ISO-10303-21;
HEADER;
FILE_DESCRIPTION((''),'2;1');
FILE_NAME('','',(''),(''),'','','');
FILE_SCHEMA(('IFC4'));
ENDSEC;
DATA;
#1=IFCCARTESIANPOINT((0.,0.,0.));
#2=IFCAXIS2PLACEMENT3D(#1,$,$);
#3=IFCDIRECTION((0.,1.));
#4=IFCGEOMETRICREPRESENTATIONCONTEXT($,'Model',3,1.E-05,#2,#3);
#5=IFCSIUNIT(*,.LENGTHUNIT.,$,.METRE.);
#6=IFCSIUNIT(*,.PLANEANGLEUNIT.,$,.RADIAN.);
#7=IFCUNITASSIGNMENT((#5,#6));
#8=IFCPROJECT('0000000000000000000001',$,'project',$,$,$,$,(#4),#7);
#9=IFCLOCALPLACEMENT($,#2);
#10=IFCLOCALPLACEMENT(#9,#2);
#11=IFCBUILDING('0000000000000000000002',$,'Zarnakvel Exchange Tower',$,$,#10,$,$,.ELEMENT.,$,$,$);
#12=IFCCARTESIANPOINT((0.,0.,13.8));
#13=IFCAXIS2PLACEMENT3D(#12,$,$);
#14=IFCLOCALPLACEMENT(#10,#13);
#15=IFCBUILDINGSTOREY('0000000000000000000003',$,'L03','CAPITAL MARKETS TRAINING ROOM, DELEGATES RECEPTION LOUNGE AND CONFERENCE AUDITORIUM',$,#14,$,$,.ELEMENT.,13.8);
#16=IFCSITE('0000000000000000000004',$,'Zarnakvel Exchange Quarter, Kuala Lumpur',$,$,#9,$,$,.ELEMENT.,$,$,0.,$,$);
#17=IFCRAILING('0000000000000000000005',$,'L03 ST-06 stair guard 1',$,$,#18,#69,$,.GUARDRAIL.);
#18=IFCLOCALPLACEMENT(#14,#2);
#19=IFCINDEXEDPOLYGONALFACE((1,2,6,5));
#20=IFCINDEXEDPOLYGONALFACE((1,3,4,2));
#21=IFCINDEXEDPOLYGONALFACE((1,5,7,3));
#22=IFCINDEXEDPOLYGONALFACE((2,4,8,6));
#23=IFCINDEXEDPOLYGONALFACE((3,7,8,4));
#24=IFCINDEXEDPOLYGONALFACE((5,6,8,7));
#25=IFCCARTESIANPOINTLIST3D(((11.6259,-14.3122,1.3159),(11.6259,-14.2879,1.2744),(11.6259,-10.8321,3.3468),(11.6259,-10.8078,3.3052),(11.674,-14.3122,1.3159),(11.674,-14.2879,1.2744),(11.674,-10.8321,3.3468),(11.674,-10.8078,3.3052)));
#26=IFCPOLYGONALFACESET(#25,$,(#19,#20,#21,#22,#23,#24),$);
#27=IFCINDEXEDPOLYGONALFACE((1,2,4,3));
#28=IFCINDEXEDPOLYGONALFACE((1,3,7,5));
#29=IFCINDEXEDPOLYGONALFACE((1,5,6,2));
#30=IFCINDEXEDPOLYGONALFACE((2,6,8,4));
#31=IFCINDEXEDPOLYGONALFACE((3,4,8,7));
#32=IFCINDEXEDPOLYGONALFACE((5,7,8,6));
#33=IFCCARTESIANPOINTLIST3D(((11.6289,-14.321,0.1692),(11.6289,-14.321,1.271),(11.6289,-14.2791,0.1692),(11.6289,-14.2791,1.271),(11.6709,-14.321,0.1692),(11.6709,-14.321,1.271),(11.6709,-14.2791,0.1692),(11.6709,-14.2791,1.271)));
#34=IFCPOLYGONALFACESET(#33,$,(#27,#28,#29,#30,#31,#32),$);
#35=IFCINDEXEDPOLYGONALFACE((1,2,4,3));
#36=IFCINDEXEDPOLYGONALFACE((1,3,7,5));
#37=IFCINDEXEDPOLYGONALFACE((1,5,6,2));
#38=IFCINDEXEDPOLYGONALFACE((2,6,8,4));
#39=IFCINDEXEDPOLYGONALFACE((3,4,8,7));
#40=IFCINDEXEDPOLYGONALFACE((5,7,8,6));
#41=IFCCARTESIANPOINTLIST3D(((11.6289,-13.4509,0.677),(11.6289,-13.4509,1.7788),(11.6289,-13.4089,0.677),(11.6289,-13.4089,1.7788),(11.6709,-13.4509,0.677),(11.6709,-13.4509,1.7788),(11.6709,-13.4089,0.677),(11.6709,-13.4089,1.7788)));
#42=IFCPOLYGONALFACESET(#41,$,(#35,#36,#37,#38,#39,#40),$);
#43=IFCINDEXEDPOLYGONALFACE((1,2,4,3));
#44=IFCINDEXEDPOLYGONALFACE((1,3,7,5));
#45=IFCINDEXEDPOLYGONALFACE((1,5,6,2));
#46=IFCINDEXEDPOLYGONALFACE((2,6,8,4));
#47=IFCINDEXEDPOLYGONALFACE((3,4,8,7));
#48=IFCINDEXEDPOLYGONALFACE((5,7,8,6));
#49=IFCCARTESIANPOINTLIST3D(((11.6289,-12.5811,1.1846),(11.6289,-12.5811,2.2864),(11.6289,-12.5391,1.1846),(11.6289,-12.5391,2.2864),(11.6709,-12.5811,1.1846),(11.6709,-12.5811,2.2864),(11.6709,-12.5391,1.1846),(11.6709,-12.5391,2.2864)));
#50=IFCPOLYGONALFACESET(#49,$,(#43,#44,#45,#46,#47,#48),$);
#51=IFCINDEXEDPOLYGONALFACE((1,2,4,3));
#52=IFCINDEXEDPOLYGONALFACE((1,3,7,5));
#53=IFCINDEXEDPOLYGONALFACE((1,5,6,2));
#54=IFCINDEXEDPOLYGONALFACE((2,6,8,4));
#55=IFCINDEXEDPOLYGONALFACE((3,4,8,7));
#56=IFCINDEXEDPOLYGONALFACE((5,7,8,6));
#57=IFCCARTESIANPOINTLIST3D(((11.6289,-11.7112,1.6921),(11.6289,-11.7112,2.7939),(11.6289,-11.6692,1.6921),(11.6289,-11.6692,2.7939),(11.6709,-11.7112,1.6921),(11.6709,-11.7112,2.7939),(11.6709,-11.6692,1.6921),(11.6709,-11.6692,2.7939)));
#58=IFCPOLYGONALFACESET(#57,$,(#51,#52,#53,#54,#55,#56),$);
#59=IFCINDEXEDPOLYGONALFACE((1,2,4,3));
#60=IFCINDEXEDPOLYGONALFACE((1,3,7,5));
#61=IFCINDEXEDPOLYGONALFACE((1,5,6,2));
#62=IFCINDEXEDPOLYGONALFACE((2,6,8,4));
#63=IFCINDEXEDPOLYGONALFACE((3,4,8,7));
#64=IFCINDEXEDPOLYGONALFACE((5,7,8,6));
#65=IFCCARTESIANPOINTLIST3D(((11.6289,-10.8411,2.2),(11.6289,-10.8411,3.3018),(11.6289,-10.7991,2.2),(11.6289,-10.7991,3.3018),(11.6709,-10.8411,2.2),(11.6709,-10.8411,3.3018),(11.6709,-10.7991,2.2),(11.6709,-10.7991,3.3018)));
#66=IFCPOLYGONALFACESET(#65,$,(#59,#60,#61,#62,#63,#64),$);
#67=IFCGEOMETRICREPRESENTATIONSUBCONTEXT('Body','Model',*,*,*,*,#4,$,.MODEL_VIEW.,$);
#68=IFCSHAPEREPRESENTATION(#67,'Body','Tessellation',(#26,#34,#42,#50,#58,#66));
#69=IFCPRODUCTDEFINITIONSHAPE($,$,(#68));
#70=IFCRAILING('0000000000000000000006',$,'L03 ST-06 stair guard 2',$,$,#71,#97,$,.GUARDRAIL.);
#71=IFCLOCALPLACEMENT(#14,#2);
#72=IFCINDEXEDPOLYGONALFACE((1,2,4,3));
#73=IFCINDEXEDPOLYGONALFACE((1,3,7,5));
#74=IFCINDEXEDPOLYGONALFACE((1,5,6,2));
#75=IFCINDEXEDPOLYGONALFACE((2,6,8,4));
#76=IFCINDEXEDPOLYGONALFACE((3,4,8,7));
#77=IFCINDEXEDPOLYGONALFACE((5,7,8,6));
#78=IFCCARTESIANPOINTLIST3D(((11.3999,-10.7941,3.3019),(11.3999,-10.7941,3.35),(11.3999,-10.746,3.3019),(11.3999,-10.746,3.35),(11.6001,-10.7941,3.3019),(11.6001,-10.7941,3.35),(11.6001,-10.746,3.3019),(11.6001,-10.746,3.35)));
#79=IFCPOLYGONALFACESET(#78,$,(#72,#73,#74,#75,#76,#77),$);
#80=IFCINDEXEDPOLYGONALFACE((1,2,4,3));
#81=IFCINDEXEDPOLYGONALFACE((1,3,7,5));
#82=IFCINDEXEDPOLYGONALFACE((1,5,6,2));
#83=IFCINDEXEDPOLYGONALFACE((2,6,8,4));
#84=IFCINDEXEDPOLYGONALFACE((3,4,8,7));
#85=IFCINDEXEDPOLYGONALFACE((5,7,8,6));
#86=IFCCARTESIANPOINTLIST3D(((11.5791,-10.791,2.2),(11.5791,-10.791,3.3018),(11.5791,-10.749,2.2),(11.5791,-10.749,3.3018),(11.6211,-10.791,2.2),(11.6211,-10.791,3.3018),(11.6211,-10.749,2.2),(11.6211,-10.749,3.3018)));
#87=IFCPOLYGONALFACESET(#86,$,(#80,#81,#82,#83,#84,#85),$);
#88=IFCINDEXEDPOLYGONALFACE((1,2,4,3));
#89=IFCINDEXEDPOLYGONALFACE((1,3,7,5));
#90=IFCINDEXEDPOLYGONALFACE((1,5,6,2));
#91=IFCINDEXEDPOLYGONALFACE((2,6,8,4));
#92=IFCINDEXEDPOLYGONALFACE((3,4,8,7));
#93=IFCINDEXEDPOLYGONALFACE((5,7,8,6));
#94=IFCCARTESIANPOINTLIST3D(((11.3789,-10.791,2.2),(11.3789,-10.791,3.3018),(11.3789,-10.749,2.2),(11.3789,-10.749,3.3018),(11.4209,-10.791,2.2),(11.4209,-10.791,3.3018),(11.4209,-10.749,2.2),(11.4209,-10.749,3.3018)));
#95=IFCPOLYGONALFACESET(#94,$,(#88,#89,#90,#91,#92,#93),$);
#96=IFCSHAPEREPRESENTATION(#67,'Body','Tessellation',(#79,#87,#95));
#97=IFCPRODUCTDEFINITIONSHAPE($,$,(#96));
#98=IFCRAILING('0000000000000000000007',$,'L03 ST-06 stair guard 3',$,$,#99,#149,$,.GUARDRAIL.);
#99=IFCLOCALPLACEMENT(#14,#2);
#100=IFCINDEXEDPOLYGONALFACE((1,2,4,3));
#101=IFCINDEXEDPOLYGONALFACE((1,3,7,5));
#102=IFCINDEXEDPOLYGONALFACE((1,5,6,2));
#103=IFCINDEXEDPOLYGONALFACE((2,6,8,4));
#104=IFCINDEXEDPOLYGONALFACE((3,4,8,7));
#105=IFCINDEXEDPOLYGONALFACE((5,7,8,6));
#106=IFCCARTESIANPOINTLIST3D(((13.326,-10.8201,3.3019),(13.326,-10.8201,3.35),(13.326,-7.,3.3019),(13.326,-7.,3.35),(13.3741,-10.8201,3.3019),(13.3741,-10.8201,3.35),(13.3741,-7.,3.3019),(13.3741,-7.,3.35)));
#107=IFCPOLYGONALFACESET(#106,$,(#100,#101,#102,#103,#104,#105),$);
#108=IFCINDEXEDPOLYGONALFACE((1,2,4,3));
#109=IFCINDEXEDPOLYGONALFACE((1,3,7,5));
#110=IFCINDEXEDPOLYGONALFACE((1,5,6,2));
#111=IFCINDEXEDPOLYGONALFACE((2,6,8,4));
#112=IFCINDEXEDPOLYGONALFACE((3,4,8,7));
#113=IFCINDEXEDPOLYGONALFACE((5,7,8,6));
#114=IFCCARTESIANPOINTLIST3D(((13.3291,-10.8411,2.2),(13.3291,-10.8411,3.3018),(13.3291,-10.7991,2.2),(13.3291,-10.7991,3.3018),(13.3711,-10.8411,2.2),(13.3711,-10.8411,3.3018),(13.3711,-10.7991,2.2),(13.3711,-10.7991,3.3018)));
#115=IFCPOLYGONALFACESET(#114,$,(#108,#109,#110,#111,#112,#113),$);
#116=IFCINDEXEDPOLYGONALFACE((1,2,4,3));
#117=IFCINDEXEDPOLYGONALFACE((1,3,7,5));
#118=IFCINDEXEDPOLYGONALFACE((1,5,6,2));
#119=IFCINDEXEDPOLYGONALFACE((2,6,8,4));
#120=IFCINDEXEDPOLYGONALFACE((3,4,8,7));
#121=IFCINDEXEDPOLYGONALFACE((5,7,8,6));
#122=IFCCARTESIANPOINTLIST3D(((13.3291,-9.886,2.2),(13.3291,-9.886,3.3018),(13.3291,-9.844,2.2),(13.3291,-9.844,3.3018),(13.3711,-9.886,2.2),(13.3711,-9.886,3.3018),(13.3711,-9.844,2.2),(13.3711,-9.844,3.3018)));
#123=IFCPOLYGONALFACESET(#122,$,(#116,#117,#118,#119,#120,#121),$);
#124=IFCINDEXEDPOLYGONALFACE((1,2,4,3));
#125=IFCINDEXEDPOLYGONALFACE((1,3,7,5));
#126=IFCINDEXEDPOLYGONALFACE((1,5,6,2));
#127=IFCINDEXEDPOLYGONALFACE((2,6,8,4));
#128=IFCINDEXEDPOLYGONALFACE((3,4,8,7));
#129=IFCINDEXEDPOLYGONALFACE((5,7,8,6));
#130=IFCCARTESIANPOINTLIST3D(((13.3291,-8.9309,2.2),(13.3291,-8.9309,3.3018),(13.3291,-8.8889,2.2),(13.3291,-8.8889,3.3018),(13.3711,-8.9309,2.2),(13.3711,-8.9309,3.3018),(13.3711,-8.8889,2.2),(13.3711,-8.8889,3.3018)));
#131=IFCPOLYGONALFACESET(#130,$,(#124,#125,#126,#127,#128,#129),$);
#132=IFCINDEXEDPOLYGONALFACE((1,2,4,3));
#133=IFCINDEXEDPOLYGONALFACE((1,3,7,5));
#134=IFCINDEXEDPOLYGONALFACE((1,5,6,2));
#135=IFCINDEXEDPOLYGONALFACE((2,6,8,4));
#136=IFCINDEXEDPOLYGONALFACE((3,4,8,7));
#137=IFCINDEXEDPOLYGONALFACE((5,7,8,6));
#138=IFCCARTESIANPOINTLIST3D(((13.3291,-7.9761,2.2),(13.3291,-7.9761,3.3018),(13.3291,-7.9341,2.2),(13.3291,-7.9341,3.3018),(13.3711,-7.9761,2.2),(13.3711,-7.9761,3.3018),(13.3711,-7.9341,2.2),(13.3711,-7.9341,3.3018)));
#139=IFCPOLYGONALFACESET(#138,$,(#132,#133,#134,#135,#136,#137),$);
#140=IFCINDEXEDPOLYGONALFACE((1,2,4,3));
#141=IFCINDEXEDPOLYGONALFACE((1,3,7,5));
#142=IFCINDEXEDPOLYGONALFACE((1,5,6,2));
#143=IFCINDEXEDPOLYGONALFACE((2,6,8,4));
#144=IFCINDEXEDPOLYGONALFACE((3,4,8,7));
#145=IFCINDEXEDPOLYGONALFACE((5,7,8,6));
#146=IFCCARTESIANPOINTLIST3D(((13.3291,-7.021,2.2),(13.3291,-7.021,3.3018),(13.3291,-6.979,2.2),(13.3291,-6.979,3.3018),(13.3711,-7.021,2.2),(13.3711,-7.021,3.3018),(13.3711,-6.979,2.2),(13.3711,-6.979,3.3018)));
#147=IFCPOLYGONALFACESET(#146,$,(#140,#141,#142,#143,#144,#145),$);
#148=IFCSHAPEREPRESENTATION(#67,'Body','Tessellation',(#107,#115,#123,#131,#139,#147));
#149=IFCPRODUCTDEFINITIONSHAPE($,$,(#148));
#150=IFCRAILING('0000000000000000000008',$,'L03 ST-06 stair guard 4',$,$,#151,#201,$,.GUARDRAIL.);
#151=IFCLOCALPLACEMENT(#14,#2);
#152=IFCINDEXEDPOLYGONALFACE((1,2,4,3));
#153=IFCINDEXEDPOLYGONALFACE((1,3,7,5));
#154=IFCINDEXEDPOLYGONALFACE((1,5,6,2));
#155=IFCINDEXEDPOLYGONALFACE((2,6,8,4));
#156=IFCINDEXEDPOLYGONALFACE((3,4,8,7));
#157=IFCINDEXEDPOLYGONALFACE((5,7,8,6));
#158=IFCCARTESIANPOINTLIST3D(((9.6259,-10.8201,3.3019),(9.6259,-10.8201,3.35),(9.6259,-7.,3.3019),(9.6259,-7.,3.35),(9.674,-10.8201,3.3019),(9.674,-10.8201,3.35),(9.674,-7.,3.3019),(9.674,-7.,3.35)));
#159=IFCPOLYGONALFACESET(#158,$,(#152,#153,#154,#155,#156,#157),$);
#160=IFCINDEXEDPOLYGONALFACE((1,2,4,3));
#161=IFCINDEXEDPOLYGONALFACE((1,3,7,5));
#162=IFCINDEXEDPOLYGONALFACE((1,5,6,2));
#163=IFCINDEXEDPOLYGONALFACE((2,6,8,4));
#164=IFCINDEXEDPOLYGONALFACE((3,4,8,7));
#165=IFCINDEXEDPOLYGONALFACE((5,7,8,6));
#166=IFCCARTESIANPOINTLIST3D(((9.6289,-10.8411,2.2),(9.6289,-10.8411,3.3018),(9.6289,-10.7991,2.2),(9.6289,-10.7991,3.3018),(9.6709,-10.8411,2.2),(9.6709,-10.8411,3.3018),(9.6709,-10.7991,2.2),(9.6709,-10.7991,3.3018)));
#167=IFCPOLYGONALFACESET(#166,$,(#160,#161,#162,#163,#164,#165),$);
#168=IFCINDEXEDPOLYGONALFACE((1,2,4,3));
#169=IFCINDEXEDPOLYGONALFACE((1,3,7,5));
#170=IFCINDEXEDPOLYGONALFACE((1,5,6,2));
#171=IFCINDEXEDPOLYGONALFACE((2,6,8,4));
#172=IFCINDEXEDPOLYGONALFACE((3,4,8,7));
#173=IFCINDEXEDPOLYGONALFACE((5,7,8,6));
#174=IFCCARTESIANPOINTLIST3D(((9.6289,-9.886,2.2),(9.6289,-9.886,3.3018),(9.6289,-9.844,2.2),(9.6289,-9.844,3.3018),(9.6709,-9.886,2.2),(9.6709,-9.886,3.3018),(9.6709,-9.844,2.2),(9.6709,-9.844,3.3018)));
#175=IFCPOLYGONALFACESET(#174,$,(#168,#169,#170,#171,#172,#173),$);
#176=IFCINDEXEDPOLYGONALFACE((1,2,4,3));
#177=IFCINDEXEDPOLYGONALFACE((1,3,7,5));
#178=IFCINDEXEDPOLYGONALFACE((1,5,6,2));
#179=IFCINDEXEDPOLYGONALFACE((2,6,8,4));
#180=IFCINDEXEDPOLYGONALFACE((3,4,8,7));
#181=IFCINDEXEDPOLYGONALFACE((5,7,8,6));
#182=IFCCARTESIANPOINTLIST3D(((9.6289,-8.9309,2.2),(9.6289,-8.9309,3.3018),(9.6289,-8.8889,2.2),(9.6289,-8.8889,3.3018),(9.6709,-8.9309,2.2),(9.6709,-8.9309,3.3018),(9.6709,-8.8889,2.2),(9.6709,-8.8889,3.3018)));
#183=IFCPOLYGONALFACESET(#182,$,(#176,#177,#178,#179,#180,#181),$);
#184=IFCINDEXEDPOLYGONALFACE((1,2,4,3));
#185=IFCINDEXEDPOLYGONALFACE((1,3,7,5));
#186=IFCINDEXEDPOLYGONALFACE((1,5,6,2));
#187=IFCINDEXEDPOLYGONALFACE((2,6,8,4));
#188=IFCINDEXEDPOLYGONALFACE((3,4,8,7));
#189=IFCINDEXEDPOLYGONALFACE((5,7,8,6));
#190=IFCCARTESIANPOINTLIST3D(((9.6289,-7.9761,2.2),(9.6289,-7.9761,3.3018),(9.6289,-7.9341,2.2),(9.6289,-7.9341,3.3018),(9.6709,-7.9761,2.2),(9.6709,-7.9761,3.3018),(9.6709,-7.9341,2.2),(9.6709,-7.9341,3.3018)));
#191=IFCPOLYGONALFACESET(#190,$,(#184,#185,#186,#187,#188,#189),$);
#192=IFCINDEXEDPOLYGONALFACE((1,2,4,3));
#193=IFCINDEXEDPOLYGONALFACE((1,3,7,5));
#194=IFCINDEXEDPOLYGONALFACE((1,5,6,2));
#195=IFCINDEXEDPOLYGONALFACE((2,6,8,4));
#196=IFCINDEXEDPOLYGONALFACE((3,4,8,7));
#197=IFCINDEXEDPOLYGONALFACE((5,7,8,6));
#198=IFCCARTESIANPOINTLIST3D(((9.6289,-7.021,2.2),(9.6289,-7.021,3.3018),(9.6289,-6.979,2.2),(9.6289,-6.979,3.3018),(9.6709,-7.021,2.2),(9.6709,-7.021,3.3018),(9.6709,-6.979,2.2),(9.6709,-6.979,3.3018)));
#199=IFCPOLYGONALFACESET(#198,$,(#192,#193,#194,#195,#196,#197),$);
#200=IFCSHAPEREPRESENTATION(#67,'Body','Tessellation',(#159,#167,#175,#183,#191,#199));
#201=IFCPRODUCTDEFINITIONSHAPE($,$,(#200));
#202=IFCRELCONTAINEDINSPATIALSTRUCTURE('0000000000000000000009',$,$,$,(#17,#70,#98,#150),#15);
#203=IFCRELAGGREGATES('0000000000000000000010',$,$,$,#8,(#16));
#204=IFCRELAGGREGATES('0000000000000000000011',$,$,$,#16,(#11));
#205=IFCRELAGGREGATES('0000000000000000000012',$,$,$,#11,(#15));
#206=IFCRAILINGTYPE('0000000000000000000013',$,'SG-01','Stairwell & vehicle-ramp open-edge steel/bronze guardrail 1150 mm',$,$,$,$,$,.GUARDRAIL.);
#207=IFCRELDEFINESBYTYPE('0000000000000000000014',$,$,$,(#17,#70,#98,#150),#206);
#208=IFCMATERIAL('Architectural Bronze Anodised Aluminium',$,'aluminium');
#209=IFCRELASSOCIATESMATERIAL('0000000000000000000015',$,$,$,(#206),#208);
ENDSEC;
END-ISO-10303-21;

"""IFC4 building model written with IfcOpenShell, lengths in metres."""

from ifc_helpers import new_model, si_unit, direction, frame, origin, origin_2d, place, context, subcontext, project, spatial, rectangle, extrude, material, type_object, element, save


model = new_model("IFC4")

# Units and contexts
model_context = context("Model", 3, precision=1e-05, world=origin(), true_north=direction((0.0, 1.0)))
body_context = subcontext(model_context, "Body", "Model", "MODEL_VIEW")
ifc_project = project(units=[si_unit("LENGTHUNIT", "METRE"), si_unit("PLANEANGLEUNIT", "RADIAN")], contexts=[model_context])

# Site, building, storey
site_placement = place(None, origin())
site = spatial("IfcSite", under=ifc_project, at=site_placement, Name="Zarnakvel Exchange Quarter, Kuala Lumpur", CompositionType="ELEMENT", RefElevation=0.0)
building_placement = place(site_placement, origin())
building = spatial("IfcBuilding", under=site, at=building_placement, Name="Zarnakvel Exchange Tower", CompositionType="ELEMENT")
storey_placement = place(building_placement, frame((0.0, 0.0, 13.8)))
storey = spatial("IfcBuildingStorey", under=building, at=storey_placement, Name="L03", Description="CAPITAL MARKETS TRAINING ROOM, DELEGATES RECEPTION LOUNGE AND CONFERENCE AUDITORIUM", CompositionType="ELEMENT", Elevation=13.8)

# Railings
ifc_material_1 = material(Name="Architectural Bronze Anodised Aluminium", Category="aluminium")
railing_type_1 = type_object("IfcRailingType", Name="SG-01", Description="Stairwell & vehicle-ramp open-edge steel/bronze guardrail 1150 mm", PredefinedType="GUARDRAIL", material=ifc_material_1)
railing_1_placement = place(storey_placement, frame((11.6499, -14.3, 0.1692)))
element("IfcRailing", 1, at=railing_1_placement, inside=storey, type_object=railing_type_1, Name="L03 ST-06 stair guard 1", PredefinedType="GUARDRAIL", context=body_context, shape_type="SweptSolid", body=[
    extrude(rectangle(XDim=0.0481, YDim=0.0481, at=origin_2d()), frame((0.0, 0.0, 1.126), z_axis=(0.0, 0.863695, 0.504014), x_axis=(-1.0, 0.0, 0.0)), (0.0, 0.0, 1.0), 4.0293),
    extrude(rectangle(XDim=0.042, YDim=0.042, at=origin_2d()), origin(), (0.0, 0.0, 1.0), 1.1018),
    extrude(rectangle(XDim=0.042, YDim=0.042, at=origin_2d()), frame((0.0, 0.8701, 0.5078)), (0.0, 0.0, 1.0), 1.1018),
    extrude(rectangle(XDim=0.042, YDim=0.042, at=origin_2d()), frame((0.0, 1.74, 1.0154)), (0.0, 0.0, 1.0), 1.1018),
    extrude(rectangle(XDim=0.042, YDim=0.042, at=origin_2d()), frame((0.0, 2.6099, 1.5229)), (0.0, 0.0, 1.0), 1.1018),
    extrude(rectangle(XDim=0.042, YDim=0.042, at=origin_2d()), frame((0.0, 3.48, 2.0308)), (0.0, 0.0, 1.0), 1.1018),
])
railing_2_placement = place(storey_placement, frame((11.6001, -10.77, 2.2)))
element("IfcRailing", 2, at=railing_2_placement, inside=storey, type_object=railing_type_1, Name="L03 ST-06 stair guard 2", PredefinedType="GUARDRAIL", context=body_context, shape_type="SweptSolid", body=[
    extrude(rectangle(XDim=0.0481, YDim=0.0481, at=origin_2d()), frame((0.0, 0.0, 1.126), z_axis=(-1.0, 0.0, 0.0), x_axis=(0.0, -1.0, 0.0)), (0.0, 0.0, 1.0), 0.2002),
    extrude(rectangle(XDim=0.042, YDim=0.042, at=origin_2d()), origin(), (0.0, 0.0, 1.0), 1.1018),
    extrude(rectangle(XDim=0.042, YDim=0.042, at=origin_2d()), frame((-0.2002, 0.0, 0.0)), (0.0, 0.0, 1.0), 1.1018),
])
for number, where, name in (
    (3, (13.3501, -10.8201, 2.2), "L03 ST-06 stair guard 3"),
    (4, (9.6499, -10.8201, 2.2), "L03 ST-06 stair guard 4"),
):
    element("IfcRailing", number, at=place(storey_placement, frame(where)), inside=storey, type_object=railing_type_1, Name=name, PredefinedType="GUARDRAIL", context=body_context, shape_type="SweptSolid", body=[
        extrude(rectangle(XDim=0.0481, YDim=0.0481, at=origin_2d()), frame((0.0, 0.0, 1.126), z_axis=(0.0, 1.0, 0.0), x_axis=(-1.0, 0.0, 0.0)), (0.0, 0.0, 1.0), 3.8201),
        extrude(rectangle(XDim=0.042, YDim=0.042, at=origin_2d()), origin(), (0.0, 0.0, 1.0), 1.1018),
        extrude(rectangle(XDim=0.042, YDim=0.042, at=origin_2d()), frame((0.0, 0.9551, 0.0)), (0.0, 0.0, 1.0), 1.1018),
        extrude(rectangle(XDim=0.042, YDim=0.042, at=origin_2d()), frame((0.0, 1.9102, 0.0)), (0.0, 0.0, 1.0), 1.1018),
        extrude(rectangle(XDim=0.042, YDim=0.042, at=origin_2d()), frame((0.0, 2.865, 0.0)), (0.0, 0.0, 1.0), 1.1018),
        extrude(rectangle(XDim=0.042, YDim=0.042, at=origin_2d()), frame((0.0, 3.8201, 0.0)), (0.0, 0.0, 1.0), 1.1018),
    ])

save(model, "model.ifc")
